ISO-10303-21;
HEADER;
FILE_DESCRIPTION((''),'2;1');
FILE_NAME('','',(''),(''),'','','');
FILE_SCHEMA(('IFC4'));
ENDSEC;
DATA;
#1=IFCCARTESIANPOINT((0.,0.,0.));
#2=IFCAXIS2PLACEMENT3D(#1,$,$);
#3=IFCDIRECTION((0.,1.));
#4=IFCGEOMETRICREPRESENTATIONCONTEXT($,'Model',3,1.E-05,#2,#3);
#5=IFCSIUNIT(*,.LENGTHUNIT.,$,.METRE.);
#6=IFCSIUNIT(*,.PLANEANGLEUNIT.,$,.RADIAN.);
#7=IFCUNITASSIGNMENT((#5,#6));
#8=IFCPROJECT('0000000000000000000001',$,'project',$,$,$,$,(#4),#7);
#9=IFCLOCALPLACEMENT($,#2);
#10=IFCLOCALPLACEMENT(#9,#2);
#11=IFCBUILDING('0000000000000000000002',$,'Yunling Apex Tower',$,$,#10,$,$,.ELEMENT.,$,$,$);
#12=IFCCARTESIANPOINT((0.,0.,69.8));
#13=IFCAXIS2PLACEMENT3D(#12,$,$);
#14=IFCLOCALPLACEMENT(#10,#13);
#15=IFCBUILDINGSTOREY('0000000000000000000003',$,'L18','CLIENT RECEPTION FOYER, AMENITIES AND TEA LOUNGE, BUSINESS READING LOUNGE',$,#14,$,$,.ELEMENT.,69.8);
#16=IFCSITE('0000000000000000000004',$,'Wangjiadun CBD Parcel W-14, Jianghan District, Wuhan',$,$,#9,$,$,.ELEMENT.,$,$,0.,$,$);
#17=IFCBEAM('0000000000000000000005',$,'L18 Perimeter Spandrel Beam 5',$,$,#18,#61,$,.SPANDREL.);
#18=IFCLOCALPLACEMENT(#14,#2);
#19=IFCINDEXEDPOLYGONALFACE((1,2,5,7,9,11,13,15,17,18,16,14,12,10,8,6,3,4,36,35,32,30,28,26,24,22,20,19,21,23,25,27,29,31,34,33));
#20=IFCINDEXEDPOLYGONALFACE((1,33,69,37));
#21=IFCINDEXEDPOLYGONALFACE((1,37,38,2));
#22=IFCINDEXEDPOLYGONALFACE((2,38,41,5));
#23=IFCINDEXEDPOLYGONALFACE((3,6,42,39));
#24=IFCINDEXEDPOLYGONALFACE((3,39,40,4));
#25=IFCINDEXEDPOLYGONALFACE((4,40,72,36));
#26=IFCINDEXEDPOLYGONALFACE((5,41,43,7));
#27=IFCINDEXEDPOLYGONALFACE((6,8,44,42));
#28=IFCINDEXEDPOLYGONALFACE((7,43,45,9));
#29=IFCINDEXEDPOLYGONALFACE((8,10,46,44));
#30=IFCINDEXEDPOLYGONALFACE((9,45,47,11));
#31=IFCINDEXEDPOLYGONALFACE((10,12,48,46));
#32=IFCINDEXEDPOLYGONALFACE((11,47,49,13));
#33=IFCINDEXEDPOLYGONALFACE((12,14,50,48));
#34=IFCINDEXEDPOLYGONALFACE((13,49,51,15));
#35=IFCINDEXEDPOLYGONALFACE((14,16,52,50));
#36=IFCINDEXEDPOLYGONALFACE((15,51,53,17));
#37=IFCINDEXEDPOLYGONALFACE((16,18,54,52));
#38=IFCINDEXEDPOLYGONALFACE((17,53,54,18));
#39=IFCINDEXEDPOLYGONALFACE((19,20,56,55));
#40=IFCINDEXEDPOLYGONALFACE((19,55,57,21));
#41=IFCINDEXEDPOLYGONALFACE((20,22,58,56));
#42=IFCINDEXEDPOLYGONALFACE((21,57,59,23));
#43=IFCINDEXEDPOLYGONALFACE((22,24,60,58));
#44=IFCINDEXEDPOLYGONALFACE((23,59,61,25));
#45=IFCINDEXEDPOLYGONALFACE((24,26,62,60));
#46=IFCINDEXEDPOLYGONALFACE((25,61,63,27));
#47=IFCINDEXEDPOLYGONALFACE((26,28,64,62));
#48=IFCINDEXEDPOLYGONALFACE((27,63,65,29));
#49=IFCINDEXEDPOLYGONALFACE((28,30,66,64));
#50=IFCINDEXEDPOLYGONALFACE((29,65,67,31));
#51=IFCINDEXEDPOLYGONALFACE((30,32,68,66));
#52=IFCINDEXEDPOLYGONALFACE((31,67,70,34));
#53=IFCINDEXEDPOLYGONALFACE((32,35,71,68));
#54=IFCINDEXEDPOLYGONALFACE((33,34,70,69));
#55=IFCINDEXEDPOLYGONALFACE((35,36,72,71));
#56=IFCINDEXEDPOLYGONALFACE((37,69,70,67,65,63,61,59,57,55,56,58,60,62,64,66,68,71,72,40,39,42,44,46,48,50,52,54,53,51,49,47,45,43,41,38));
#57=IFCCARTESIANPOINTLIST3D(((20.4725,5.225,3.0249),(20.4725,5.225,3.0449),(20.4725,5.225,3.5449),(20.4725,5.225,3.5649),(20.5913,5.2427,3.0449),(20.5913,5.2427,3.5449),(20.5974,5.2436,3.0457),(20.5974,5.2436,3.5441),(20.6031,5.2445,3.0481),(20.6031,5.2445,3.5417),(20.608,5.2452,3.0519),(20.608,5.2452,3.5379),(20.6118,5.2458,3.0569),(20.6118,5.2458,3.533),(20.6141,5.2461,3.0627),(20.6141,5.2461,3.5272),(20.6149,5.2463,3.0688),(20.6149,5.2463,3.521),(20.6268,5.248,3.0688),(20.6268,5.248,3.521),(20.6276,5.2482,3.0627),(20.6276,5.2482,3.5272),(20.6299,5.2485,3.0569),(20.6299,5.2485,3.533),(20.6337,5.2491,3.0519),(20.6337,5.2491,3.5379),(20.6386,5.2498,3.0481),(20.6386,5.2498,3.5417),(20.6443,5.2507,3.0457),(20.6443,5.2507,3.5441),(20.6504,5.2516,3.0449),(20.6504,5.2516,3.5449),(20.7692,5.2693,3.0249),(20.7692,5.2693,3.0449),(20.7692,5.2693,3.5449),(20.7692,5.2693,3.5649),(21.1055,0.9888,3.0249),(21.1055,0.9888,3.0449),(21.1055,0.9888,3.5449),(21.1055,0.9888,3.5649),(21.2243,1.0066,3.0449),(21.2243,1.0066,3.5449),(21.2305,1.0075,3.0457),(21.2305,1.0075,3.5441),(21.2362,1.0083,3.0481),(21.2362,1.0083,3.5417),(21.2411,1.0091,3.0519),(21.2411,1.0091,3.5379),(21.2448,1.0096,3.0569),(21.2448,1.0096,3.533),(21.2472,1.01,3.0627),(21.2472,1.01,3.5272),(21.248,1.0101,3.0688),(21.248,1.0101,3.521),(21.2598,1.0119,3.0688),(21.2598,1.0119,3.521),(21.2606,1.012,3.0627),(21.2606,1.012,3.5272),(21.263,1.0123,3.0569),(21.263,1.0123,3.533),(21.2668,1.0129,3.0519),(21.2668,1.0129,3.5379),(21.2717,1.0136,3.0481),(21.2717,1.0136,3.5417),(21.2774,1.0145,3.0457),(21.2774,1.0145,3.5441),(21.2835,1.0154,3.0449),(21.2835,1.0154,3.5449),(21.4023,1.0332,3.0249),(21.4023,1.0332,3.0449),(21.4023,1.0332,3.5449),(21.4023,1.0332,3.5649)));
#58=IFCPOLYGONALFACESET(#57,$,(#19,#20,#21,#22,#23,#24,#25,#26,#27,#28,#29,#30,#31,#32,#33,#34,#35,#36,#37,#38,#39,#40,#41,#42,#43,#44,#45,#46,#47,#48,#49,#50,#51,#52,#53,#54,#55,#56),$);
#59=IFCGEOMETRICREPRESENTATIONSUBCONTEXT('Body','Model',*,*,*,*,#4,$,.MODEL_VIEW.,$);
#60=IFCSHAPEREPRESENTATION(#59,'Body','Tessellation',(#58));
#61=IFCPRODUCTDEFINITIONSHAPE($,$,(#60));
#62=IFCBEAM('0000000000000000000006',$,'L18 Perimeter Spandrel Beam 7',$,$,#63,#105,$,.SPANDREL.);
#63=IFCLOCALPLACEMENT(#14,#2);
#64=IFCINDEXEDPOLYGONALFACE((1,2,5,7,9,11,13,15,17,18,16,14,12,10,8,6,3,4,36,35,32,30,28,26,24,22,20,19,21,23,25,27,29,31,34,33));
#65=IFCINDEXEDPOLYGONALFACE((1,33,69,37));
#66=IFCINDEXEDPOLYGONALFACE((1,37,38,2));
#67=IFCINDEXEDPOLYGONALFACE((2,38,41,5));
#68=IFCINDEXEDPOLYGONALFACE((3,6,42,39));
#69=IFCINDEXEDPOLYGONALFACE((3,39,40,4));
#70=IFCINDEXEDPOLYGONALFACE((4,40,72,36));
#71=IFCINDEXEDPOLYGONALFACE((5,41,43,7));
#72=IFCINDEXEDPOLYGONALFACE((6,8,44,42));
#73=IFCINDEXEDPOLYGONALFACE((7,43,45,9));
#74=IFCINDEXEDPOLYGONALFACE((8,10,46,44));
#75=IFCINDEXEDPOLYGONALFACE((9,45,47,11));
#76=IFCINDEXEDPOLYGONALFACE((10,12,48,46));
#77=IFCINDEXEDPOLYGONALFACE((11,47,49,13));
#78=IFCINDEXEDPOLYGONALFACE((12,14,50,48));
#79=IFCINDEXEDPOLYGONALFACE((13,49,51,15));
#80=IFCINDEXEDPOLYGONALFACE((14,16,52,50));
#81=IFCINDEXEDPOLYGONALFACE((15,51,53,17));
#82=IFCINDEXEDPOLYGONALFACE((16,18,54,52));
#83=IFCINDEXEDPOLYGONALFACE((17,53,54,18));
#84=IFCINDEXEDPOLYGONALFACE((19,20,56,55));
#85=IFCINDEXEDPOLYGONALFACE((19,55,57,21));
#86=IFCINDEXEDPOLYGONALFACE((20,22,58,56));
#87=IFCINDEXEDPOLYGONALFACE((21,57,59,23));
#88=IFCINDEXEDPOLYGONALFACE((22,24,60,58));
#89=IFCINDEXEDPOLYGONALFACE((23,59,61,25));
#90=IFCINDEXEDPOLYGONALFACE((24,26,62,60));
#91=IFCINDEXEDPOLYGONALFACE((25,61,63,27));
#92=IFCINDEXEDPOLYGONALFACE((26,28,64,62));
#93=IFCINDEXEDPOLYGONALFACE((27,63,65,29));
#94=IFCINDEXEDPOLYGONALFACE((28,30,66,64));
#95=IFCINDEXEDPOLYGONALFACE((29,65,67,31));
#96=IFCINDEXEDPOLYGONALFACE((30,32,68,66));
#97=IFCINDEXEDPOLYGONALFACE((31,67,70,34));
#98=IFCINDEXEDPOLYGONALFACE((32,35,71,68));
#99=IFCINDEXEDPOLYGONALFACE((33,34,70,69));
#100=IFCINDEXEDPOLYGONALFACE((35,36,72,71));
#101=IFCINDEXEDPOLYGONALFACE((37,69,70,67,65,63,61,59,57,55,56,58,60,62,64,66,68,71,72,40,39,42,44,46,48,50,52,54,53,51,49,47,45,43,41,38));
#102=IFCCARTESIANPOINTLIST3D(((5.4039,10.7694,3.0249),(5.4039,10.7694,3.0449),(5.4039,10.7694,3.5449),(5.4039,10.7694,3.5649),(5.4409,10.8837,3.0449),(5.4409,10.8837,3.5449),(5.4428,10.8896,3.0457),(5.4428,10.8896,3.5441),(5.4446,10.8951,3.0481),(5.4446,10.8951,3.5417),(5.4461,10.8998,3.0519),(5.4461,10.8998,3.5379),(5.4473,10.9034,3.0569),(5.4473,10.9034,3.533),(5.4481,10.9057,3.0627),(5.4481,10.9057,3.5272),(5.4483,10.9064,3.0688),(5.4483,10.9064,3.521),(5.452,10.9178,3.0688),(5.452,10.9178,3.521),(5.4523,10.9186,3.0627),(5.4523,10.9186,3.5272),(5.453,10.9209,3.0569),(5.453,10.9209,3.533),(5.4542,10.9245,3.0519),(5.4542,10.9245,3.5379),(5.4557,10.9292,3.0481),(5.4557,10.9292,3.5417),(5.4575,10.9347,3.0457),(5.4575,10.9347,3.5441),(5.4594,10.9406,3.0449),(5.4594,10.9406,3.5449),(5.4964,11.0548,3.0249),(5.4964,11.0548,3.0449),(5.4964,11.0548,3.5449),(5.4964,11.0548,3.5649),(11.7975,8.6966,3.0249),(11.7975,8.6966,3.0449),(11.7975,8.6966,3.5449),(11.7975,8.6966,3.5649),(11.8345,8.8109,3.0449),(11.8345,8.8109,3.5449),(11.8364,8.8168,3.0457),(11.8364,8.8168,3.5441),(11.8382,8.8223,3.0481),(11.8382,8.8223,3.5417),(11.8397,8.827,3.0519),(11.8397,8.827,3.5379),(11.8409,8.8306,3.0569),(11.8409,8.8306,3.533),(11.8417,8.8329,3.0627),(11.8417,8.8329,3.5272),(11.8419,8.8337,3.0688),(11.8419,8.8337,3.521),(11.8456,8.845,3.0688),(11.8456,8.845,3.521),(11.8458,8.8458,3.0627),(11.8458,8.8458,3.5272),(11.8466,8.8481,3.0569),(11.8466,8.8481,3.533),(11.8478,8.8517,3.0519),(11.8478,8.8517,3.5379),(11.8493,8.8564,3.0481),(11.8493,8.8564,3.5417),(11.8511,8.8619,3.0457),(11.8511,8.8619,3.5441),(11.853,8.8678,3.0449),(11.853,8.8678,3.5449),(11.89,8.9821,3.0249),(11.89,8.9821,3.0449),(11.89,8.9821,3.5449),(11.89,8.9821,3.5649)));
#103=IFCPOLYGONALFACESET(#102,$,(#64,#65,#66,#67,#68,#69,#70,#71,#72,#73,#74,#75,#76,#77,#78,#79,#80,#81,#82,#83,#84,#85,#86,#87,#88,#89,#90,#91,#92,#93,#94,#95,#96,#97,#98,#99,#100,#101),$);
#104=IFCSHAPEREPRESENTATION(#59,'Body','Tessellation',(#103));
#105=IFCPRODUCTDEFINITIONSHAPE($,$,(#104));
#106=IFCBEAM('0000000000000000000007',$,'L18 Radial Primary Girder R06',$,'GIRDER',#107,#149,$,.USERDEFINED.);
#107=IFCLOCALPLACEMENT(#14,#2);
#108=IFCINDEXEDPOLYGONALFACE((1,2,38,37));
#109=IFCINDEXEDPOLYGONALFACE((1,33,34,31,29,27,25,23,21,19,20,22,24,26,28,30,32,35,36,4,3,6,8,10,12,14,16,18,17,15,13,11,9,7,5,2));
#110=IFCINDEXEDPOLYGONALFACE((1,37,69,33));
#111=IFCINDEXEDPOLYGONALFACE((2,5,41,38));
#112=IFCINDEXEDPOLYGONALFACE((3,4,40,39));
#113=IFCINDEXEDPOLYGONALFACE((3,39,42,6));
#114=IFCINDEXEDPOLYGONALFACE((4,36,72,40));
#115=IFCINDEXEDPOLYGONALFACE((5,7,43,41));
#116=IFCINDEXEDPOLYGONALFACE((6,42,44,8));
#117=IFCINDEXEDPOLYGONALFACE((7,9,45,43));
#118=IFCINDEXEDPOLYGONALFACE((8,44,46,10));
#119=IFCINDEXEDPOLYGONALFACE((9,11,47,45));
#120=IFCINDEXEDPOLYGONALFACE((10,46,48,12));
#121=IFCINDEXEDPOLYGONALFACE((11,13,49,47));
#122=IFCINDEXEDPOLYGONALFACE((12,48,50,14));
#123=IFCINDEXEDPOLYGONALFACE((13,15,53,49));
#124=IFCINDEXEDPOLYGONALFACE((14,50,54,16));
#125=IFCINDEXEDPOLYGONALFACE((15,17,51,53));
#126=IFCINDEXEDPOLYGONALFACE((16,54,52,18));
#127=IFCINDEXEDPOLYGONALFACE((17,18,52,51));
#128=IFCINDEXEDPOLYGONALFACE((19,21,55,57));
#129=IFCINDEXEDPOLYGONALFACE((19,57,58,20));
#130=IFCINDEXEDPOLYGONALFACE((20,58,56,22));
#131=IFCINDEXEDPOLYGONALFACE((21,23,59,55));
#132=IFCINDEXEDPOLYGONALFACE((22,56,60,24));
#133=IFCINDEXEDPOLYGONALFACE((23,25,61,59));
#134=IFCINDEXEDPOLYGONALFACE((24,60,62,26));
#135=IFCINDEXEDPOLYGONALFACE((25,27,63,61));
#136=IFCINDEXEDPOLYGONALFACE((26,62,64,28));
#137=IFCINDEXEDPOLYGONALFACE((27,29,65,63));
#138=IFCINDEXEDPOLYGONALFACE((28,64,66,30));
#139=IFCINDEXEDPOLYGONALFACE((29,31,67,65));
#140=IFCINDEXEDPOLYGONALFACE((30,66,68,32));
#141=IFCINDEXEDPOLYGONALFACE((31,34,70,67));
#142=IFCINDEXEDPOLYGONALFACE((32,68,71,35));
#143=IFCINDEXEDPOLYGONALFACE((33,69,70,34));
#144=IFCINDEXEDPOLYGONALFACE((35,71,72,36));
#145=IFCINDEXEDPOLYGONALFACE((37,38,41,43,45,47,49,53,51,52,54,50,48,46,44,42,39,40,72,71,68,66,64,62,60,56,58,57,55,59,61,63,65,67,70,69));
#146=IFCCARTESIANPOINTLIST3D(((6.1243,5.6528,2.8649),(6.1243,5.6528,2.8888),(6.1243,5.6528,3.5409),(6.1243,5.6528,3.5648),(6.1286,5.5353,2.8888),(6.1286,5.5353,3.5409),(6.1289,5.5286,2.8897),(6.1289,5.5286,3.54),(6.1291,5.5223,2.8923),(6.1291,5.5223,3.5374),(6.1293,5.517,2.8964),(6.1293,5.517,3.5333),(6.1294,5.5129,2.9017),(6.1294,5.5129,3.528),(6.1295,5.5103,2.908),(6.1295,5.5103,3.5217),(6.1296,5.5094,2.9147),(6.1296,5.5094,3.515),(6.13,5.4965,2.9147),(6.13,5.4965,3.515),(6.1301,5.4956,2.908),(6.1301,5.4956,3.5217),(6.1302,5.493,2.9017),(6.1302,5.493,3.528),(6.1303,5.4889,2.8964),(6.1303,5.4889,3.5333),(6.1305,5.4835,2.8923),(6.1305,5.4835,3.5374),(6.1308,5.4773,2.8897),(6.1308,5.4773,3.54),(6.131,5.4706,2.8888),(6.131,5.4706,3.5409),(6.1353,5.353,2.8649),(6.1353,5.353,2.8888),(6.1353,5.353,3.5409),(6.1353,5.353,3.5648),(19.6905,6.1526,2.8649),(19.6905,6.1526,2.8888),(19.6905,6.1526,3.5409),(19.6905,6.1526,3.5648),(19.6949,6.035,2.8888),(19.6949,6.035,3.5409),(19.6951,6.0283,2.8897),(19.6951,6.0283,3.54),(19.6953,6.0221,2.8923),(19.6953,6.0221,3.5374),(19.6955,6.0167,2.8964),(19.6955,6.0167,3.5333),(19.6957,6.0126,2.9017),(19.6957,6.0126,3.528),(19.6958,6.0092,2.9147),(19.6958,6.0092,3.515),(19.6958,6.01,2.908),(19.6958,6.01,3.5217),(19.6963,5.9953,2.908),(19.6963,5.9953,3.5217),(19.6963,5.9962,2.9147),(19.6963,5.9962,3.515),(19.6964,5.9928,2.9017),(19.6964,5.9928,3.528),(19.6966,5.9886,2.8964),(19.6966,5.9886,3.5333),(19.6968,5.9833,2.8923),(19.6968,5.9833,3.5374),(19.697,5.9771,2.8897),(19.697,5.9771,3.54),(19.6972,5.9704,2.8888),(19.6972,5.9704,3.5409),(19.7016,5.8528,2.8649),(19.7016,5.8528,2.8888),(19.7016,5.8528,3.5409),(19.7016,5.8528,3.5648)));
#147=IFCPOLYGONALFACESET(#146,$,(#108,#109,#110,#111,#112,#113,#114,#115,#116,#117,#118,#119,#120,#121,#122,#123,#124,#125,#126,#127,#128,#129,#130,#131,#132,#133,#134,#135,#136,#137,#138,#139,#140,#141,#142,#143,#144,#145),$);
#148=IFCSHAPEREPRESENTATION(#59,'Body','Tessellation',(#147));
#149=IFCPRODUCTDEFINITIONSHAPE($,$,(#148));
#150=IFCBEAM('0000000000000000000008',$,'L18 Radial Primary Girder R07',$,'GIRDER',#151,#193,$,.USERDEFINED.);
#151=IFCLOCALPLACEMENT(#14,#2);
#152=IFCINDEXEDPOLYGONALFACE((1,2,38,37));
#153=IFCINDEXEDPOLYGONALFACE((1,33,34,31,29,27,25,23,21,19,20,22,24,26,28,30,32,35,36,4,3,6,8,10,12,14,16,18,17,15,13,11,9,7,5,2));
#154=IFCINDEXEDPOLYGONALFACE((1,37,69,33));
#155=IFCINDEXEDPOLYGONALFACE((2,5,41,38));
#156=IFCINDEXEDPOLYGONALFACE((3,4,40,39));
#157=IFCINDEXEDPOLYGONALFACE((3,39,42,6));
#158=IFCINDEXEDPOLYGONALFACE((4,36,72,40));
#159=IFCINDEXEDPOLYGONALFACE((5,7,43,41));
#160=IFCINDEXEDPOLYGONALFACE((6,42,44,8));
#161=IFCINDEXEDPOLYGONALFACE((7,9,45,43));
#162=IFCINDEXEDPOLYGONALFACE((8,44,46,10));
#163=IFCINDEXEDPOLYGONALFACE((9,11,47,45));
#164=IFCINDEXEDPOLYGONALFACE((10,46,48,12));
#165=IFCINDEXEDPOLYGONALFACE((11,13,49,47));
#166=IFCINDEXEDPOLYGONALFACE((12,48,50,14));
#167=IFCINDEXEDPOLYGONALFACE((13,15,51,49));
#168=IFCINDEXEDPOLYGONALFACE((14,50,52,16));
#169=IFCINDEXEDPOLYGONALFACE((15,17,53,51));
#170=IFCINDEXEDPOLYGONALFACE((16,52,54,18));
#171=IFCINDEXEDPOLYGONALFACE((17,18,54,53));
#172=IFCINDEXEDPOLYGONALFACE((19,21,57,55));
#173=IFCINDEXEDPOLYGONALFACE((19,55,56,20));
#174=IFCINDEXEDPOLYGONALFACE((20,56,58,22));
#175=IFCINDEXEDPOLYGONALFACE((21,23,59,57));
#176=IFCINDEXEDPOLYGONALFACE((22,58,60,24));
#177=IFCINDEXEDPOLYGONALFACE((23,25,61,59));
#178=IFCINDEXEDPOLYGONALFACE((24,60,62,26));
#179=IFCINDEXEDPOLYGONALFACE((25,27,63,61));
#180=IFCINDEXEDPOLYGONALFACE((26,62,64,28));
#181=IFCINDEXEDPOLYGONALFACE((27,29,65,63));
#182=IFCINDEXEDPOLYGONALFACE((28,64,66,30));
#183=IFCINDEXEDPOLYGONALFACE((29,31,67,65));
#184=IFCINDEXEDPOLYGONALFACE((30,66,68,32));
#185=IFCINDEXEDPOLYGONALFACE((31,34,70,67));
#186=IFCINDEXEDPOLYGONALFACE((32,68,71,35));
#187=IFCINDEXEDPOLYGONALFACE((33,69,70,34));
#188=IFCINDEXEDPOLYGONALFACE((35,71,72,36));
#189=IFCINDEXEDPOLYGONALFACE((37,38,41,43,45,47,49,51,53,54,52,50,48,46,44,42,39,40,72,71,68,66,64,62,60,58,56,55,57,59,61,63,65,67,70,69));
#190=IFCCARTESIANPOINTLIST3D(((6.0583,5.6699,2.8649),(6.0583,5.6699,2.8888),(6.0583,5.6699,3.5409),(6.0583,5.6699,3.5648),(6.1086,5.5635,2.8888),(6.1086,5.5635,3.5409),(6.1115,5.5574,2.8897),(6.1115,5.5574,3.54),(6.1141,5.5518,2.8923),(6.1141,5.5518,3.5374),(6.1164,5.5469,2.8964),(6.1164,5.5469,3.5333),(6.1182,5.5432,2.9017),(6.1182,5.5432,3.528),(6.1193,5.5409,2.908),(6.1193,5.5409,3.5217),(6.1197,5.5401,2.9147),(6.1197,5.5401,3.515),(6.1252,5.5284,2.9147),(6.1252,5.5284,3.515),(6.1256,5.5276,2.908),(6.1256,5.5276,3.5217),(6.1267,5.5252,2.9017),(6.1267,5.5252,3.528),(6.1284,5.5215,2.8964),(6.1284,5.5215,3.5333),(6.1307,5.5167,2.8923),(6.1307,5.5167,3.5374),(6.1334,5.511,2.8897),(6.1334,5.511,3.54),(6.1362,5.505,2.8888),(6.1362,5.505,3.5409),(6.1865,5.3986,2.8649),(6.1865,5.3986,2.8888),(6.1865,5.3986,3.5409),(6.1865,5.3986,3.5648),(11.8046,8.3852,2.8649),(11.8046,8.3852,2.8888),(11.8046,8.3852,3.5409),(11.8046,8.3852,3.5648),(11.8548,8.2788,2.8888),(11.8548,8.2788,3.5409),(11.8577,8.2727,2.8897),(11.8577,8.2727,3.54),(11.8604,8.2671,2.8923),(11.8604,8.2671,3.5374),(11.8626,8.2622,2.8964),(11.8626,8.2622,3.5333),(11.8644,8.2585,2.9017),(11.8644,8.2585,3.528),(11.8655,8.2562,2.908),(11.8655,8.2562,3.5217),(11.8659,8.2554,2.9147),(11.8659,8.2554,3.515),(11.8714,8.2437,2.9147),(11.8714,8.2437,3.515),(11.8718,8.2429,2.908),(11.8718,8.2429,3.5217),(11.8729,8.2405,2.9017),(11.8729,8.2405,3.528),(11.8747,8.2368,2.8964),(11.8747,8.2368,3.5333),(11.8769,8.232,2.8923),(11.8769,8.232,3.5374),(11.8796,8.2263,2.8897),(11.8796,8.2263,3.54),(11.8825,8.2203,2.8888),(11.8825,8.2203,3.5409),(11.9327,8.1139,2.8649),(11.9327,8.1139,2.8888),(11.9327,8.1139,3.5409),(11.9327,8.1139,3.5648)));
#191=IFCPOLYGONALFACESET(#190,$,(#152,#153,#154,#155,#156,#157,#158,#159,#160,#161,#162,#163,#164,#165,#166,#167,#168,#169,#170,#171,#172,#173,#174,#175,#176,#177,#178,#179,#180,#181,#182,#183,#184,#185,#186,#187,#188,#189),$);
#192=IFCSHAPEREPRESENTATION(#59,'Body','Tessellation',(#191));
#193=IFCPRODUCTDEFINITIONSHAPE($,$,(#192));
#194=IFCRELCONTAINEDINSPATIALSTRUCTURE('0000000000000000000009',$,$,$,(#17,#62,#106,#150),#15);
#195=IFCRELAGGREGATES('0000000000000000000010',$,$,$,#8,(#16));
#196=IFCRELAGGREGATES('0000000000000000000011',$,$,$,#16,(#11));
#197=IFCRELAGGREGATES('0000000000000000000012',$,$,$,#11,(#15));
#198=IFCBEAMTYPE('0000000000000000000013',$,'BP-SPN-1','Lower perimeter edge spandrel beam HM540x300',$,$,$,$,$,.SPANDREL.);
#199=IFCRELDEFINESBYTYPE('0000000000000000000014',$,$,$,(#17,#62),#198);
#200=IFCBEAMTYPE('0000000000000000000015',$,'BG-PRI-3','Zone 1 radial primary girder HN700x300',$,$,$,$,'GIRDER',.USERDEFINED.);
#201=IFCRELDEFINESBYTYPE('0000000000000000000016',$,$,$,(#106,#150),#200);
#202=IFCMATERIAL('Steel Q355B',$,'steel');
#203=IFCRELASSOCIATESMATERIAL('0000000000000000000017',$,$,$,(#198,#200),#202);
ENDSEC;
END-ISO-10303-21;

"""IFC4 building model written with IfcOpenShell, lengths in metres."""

from ifc_helpers import new_model, si_unit, direction, frame, origin, origin_2d, place, context, subcontext, project, spatial, i_section, extrude, source, transform, mapped, material, material_profile, profile_set, type_object, element, save


model = new_model("IFC4")

# Units and contexts
model_context = context("Model", 3, precision=1e-05, world=origin(), true_north=direction((0.0, 1.0)))
body_context = subcontext(model_context, "Body", "Model", "MODEL_VIEW")
ifc_project = project(units=[si_unit("LENGTHUNIT", "METRE"), si_unit("PLANEANGLEUNIT", "RADIAN")], contexts=[model_context])

# Site, building, storey
site_placement = place(None, origin())
site = spatial("IfcSite", under=ifc_project, at=site_placement, Name="Wangjiadun CBD Parcel W-14, Jianghan District, Wuhan", CompositionType="ELEMENT", RefElevation=0.0)
building_placement = place(site_placement, origin())
building = spatial("IfcBuilding", under=site, at=building_placement, Name="Yunling Apex Tower", CompositionType="ELEMENT")
storey_placement = place(building_placement, frame((0.0, 0.0, 69.8)))
storey = spatial("IfcBuildingStorey", under=building, at=storey_placement, Name="L18", Description="CLIENT RECEPTION FOYER, AMENITIES AND TEA LOUNGE, BUSINESS READING LOUNGE", CompositionType="ELEMENT", Elevation=69.8)

# Beams
ifc_material_1 = material(Name="Steel Q355B", Category="steel")
ifc_material_profile_1 = material_profile(ifc_material_1, i_section(OverallWidth=0.3, OverallDepth=0.54, WebThickness=0.012, FlangeThickness=0.02, FilletRadius=0.0239, at=origin_2d()))
ifc_profile_set_1 = profile_set([ifc_material_profile_1], Name="Steel Q355B")
beam_type_1 = type_object("IfcBeamType", Name="BP-SPN-1", Description="Lower perimeter edge spandrel beam HM540x300", PredefinedType="SPANDREL", material=ifc_profile_set_1)
shared_shape_1 = source(origin(), body_context, "Body", "SweptSolid", [
    extrude(i_section(OverallWidth=0.3, OverallDepth=0.54, WebThickness=0.012, FlangeThickness=0.02, FilletRadius=0.0239, at=origin_2d()), origin(), (0.0, 0.0, 1.0), 4.2832),
])
beam_1_placement = place(storey_placement, frame((21.2539, 1.011, 3.2949), z_axis=(-0.147802, 0.989017, 0.0), x_axis=(-0.989017, -0.147802, 0.0)))
element("IfcBeam", 1, at=beam_1_placement, inside=storey, type_object=beam_type_1, Name="L18 Perimeter Spandrel Beam 5", PredefinedType="SPANDREL", context=body_context, shape_type="MappedRepresentation", body=[
    mapped(shared_shape_1, transform((0.0, 0.0, 0.0), scale=1.0)),
])
shared_shape_2 = source(origin(), body_context, "Body", "SweptSolid", [
    extrude(i_section(OverallWidth=0.3, OverallDepth=0.54, WebThickness=0.012, FlangeThickness=0.02, FilletRadius=0.0239, at=origin_2d()), origin(), (0.0, 0.0, 1.0), 6.7212),
])
beam_2_placement = place(storey_placement, frame((11.8438, 8.8394, 3.2949), z_axis=(-0.951259, 0.308393, 0.0), x_axis=(-0.308393, -0.951259, 0.0)))
element("IfcBeam", 2, at=beam_2_placement, inside=storey, type_object=beam_type_1, Name="L18 Perimeter Spandrel Beam 7", PredefinedType="SPANDREL", context=body_context, shape_type="MappedRepresentation", body=[
    mapped(shared_shape_2, transform((0.0, 0.0, 0.0), scale=1.0)),
])
ifc_material_profile_2 = material_profile(ifc_material_1, i_section(OverallWidth=0.3, OverallDepth=0.7, WebThickness=0.0129, FlangeThickness=0.0239, FilletRadius=0.0259, at=origin_2d()))
ifc_profile_set_2 = profile_set([ifc_material_profile_2], Name="Steel Q355B")
beam_type_2 = type_object("IfcBeamType", Name="BG-PRI-3", Description="Zone 1 radial primary girder HN700x300", ElementType="GIRDER", PredefinedType="USERDEFINED", material=ifc_profile_set_2)
shared_shape_3 = source(origin(), body_context, "Body", "SweptSolid", [
    extrude(i_section(OverallWidth=0.3, OverallDepth=0.7, WebThickness=0.0129, FlangeThickness=0.0239, FilletRadius=0.0259, at=origin_2d()), origin(), (0.0, 0.0, 1.0), 13.5754),
])
beam_3_placement = place(storey_placement, frame((19.696, 6.0027, 3.2148), z_axis=(-0.999322, -0.036813, 0.0), x_axis=(0.036813, -0.999322, 0.0)))
element("IfcBeam", 3, at=beam_3_placement, inside=storey, type_object=beam_type_2, Name="L18 Radial Primary Girder R06", ObjectType="GIRDER", PredefinedType="USERDEFINED", context=body_context, shape_type="MappedRepresentation", body=[
    mapped(shared_shape_3, transform((0.0, 0.0, 0.0), scale=1.0)),
])
shared_shape_4 = source(origin(), body_context, "Body", "SweptSolid", [
    extrude(i_section(OverallWidth=0.3, OverallDepth=0.7, WebThickness=0.0129, FlangeThickness=0.0239, FilletRadius=0.0259, at=origin_2d()), origin(), (0.0, 0.0, 1.0), 6.3555),
])
beam_4_placement = place(storey_placement, frame((11.8687, 8.2495, 3.2148), z_axis=(-0.90414, -0.427236, 0.0), x_axis=(0.427236, -0.90414, 0.0)))
element("IfcBeam", 4, at=beam_4_placement, inside=storey, type_object=beam_type_2, Name="L18 Radial Primary Girder R07", ObjectType="GIRDER", PredefinedType="USERDEFINED", context=body_context, shape_type="MappedRepresentation", body=[
    mapped(shared_shape_4, transform((0.0, 0.0, 0.0), scale=1.0)),
])

save(model, "model.ifc")
